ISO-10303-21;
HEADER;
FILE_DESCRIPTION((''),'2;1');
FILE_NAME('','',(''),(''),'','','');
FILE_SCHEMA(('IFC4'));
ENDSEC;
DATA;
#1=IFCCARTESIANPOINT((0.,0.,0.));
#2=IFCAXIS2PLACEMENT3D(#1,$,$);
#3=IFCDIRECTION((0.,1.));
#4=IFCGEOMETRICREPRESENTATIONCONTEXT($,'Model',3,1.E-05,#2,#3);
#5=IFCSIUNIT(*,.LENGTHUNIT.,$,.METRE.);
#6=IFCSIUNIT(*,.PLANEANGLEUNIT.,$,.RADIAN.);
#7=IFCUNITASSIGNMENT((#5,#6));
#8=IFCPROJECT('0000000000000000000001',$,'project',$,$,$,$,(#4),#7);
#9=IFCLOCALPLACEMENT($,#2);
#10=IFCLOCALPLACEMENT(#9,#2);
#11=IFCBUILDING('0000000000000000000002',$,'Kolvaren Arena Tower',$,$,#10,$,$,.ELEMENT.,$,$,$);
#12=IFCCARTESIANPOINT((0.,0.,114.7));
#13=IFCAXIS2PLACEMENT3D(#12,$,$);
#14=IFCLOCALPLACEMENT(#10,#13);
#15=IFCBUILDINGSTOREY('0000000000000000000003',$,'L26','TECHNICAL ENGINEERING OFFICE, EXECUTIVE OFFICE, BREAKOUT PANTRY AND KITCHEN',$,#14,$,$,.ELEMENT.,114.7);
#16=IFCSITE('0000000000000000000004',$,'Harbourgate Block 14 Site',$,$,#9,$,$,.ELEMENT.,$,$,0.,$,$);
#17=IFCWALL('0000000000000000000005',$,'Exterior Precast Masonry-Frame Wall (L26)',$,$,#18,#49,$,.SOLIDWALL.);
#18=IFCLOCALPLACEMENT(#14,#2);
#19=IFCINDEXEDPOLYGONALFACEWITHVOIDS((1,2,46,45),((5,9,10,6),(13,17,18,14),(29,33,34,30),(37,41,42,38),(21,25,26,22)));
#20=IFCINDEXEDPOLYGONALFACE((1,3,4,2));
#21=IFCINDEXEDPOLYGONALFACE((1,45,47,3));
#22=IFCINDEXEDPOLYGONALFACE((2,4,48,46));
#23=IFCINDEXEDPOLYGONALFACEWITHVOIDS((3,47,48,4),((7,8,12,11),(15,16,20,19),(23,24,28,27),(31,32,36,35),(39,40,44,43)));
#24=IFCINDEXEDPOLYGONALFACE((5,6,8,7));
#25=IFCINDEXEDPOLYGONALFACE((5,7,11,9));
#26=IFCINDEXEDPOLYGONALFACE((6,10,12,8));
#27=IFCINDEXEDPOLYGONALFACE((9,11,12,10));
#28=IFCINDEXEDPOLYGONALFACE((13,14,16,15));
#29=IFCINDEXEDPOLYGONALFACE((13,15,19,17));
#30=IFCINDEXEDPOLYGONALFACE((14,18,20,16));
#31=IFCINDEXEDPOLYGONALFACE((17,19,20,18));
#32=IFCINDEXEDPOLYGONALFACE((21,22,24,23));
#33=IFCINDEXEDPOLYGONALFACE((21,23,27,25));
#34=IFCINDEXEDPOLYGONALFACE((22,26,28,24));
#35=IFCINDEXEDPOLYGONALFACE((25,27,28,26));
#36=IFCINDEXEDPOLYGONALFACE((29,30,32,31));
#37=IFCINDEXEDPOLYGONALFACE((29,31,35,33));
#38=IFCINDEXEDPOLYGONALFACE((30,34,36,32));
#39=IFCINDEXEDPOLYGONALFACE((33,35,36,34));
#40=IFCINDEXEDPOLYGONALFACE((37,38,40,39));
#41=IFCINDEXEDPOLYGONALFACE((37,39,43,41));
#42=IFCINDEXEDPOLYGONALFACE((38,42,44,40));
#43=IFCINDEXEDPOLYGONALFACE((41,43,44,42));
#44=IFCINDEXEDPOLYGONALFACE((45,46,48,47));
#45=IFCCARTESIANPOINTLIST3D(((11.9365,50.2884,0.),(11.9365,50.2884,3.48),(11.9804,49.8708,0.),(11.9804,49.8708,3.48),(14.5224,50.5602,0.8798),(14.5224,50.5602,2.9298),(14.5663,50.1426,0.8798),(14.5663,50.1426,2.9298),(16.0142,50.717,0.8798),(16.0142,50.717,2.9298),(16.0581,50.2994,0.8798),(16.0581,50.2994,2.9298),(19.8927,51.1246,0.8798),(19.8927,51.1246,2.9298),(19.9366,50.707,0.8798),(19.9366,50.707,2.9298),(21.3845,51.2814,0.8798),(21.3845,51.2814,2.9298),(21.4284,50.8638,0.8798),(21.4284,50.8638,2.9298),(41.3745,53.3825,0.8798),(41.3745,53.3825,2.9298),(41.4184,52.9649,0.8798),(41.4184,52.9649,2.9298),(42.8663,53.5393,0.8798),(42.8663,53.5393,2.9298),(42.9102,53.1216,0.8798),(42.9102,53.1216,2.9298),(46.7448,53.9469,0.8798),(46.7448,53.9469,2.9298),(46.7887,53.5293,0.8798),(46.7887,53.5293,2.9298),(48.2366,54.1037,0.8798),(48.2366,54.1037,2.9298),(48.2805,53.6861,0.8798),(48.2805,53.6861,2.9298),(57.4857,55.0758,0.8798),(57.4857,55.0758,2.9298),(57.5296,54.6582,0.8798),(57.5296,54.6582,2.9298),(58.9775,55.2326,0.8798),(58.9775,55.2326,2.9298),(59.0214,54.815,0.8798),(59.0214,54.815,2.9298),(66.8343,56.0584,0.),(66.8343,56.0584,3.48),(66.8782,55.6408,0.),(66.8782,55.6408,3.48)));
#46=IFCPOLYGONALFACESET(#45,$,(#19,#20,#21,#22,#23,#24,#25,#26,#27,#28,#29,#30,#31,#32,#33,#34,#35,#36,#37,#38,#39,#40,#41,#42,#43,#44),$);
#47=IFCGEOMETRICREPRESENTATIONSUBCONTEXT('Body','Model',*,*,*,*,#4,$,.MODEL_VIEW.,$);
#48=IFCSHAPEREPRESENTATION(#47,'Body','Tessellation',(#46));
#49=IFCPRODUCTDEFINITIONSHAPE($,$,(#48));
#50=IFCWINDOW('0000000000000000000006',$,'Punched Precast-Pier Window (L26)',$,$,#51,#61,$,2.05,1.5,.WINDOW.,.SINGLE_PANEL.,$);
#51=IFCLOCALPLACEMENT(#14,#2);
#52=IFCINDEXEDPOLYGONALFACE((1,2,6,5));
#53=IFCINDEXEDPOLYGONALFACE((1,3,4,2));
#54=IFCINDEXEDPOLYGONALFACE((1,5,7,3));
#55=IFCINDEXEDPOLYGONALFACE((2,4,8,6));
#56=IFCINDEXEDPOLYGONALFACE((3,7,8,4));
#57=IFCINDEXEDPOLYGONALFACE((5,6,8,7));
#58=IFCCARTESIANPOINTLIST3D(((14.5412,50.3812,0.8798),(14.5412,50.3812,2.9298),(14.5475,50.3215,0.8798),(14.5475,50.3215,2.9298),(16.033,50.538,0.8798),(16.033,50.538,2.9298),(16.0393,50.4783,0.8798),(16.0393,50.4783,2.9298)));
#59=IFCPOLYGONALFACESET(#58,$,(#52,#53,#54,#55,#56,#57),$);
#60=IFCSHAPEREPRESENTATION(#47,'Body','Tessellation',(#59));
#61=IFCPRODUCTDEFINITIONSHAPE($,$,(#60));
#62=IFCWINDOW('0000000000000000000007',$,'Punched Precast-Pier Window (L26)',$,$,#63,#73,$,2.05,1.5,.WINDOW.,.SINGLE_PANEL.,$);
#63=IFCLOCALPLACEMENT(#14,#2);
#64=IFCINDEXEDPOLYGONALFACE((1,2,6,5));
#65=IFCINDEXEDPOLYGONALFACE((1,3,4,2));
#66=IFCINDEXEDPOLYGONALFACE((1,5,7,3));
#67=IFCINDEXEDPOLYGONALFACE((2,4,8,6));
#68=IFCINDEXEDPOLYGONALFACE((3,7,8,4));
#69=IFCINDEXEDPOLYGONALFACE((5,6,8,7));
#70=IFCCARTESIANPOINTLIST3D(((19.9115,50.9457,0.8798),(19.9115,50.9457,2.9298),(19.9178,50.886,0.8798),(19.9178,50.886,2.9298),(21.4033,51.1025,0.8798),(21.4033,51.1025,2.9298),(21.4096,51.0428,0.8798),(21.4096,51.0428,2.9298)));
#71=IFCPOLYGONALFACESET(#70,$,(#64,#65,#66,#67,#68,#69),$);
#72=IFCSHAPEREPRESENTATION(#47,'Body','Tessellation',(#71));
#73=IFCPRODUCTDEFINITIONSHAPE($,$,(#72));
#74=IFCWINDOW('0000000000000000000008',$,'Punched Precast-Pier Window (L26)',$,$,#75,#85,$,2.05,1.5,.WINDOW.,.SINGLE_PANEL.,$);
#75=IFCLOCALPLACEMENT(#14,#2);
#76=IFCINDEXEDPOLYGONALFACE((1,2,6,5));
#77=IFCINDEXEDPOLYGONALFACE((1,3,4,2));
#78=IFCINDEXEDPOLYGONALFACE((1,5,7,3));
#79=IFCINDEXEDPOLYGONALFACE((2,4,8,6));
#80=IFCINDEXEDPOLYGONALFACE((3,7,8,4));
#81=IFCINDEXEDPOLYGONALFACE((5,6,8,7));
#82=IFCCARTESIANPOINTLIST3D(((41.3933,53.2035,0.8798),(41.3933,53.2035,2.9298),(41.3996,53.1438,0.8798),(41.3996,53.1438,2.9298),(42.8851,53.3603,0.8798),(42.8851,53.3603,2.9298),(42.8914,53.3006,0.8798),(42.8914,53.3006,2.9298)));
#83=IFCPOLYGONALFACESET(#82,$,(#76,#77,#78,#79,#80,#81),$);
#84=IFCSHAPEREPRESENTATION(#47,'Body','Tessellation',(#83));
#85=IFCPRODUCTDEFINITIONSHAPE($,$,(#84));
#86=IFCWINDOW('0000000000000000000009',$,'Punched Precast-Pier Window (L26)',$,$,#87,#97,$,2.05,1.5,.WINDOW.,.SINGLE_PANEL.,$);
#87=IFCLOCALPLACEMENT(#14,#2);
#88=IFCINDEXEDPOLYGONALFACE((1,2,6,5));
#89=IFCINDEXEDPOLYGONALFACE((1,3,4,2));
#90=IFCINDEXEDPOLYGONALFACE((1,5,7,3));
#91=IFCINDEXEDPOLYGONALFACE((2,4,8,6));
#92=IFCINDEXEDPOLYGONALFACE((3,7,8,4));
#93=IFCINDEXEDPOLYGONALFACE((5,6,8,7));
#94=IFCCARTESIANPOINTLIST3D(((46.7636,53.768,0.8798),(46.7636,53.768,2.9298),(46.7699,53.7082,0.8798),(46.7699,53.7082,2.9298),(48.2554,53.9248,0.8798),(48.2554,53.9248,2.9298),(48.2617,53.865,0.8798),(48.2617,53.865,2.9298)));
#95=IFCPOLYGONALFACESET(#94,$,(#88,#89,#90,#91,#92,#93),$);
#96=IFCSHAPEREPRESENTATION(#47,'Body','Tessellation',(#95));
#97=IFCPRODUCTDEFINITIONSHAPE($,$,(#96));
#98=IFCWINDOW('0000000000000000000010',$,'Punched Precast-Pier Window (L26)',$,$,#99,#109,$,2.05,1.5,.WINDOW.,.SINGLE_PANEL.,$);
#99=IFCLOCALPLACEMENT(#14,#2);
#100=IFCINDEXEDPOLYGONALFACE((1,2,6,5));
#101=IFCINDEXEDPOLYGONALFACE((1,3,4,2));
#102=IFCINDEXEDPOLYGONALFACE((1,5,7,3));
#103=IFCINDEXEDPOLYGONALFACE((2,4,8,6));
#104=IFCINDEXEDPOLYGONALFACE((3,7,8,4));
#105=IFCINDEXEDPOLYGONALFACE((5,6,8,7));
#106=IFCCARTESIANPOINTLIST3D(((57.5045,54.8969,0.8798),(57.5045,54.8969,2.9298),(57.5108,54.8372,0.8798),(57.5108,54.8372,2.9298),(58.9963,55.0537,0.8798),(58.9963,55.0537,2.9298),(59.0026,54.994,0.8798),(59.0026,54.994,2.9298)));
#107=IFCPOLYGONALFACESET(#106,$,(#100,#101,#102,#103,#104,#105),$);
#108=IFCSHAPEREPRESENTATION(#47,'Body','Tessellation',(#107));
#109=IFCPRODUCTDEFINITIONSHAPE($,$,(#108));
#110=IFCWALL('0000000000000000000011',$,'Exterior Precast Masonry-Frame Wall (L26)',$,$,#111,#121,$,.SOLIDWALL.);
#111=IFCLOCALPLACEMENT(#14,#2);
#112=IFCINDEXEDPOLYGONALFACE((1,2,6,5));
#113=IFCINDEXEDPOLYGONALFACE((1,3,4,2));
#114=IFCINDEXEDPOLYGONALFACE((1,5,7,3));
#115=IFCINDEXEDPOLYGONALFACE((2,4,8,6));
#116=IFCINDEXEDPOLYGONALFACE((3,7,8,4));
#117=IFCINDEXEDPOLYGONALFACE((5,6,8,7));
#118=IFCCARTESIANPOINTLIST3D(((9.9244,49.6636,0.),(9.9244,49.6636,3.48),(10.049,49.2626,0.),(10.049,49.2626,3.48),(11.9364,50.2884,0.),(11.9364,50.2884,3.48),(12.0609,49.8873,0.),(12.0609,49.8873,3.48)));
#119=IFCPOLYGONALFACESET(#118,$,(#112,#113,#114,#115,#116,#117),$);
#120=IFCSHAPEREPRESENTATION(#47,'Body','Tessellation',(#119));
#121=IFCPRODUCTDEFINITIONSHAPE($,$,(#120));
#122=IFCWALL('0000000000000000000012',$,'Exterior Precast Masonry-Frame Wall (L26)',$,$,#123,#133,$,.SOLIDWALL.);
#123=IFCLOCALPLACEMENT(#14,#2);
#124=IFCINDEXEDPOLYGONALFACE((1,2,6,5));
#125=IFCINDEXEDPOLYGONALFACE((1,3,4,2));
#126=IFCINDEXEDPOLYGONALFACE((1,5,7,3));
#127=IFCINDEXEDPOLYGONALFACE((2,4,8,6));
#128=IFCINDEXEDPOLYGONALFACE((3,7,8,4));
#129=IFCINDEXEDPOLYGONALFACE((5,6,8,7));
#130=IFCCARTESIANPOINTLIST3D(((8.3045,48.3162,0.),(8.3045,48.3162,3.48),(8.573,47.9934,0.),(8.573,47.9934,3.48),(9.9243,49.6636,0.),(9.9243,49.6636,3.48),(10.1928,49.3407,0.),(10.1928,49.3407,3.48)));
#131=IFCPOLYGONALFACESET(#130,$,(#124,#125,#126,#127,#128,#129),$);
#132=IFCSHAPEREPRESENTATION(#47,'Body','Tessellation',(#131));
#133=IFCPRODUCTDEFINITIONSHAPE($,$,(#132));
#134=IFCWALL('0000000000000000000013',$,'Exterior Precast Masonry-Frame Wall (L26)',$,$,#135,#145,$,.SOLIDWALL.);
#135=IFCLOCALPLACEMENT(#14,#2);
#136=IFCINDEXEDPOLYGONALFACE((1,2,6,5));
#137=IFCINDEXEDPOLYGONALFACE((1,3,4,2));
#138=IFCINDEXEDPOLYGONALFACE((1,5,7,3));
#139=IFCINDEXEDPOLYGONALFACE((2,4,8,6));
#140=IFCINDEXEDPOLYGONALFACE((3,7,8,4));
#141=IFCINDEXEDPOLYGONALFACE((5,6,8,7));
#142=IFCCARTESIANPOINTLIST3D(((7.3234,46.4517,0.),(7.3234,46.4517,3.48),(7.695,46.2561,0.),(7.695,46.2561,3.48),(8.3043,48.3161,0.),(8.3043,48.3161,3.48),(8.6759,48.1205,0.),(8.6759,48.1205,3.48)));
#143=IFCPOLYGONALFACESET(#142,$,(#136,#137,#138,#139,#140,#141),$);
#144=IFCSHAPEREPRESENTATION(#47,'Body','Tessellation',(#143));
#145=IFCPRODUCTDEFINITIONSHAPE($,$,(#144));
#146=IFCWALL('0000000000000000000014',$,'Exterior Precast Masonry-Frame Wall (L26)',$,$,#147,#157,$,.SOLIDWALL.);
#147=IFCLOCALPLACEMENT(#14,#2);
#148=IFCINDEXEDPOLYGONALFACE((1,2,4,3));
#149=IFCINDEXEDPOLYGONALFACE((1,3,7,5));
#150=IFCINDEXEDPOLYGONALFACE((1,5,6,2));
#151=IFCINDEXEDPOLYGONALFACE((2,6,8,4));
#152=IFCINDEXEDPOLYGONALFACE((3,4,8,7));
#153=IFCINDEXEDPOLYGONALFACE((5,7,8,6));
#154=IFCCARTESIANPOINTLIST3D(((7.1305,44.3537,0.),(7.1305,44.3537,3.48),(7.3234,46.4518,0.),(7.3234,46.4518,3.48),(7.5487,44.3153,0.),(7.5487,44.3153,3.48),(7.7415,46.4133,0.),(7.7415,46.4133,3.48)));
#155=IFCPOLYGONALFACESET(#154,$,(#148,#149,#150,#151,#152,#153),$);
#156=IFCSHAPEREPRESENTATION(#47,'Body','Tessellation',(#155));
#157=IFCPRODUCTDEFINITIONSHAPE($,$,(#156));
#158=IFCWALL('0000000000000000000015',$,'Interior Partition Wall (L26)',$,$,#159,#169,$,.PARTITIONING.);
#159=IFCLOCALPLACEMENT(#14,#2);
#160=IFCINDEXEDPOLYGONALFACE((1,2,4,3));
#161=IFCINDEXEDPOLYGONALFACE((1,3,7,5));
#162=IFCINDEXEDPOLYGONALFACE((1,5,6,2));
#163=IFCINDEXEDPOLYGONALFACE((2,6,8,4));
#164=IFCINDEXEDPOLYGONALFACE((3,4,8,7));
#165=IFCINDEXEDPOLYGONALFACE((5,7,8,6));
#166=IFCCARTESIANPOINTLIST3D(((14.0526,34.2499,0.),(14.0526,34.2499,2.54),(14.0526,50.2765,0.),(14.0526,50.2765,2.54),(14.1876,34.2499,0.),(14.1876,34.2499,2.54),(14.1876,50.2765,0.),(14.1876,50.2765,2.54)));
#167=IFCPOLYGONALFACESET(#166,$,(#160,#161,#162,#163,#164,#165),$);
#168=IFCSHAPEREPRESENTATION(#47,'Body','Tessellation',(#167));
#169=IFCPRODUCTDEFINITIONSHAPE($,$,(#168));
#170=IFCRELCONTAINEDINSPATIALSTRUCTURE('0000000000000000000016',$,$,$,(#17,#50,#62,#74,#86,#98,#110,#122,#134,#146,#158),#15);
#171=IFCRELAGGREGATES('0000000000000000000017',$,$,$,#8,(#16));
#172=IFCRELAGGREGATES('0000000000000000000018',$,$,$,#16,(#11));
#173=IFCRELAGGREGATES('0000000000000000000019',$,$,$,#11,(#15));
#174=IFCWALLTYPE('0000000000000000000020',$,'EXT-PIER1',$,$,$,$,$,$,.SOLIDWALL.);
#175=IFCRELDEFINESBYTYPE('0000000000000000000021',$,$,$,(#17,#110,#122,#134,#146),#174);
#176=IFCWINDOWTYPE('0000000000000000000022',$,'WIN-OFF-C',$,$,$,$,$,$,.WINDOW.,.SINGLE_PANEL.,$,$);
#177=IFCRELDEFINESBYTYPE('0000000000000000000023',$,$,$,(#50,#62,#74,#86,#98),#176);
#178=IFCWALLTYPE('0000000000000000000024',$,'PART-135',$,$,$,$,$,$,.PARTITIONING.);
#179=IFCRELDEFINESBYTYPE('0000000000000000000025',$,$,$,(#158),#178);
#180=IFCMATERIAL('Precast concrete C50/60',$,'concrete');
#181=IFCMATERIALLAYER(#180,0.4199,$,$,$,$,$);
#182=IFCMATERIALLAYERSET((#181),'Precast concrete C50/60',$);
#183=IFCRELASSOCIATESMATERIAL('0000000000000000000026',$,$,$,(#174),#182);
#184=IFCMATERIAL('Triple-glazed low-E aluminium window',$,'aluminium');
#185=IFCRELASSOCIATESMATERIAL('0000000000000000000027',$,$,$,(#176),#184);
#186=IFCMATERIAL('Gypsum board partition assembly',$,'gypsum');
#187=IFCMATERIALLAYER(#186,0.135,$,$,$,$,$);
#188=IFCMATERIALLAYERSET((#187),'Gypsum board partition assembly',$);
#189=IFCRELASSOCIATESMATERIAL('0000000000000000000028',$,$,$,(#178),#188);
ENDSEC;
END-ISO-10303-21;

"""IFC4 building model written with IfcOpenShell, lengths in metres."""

from ifc_helpers import new_model, si_unit, direction, frame, frame_2d, origin, place, context, subcontext, project, spatial, rectangle, extrude, material, layer, layer_set, type_object, element, fill, save


model = new_model("IFC4")

# Units and contexts
model_context = context("Model", 3, precision=1e-05, world=origin(), true_north=direction((0.0, 1.0)))
body_context = subcontext(model_context, "Body", "Model", "MODEL_VIEW")
ifc_project = project(units=[si_unit("LENGTHUNIT", "METRE"), si_unit("PLANEANGLEUNIT", "RADIAN")], contexts=[model_context])

# Site, building, storey
site_placement = place(None, origin())
site = spatial("IfcSite", under=ifc_project, at=site_placement, Name="Harbourgate Block 14 Site", CompositionType="ELEMENT", RefElevation=0.0)
building_placement = place(site_placement, origin())
building = spatial("IfcBuilding", under=site, at=building_placement, Name="Kolvaren Arena Tower", CompositionType="ELEMENT")
storey_placement = place(building_placement, frame((0.0, 0.0, 114.7)))
storey = spatial("IfcBuildingStorey", under=building, at=storey_placement, Name="L26", Description="TECHNICAL ENGINEERING OFFICE, EXECUTIVE OFFICE, BREAKOUT PANTRY AND KITCHEN", CompositionType="ELEMENT", Elevation=114.7)

# Wall, openings, windows
ifc_material_1 = material(Name="Precast concrete C50/60", Category="concrete")
ifc_layer_1 = layer(ifc_material_1, 0.4199)
ifc_layer_set_1 = layer_set([ifc_layer_1], Name="Precast concrete C50/60")
wall_type_1 = type_object("IfcWallType", Name="EXT-PIER1", PredefinedType="SOLIDWALL", material=ifc_layer_set_1)
wall_1_placement = place(storey_placement, frame((11.9585, 50.0796, 0.0), z_axis=(0.0, 0.0, 1.0), x_axis=(0.994522, 0.104529, 0.0)))
wall_1 = element("IfcWall", 1, at=wall_1_placement, inside=storey, type_object=wall_type_1, Name="Exterior Precast Masonry-Frame Wall (L26)", PredefinedType="SOLIDWALL", context=body_context, shape_type="SweptSolid", body=[
    extrude(rectangle(XDim=55.2002, YDim=0.4199, at=frame_2d((27.6001, 0.0))), origin(), (0.0, 0.0, 1.0), 3.48),
])
opening_1_placement = place(wall_1_placement, frame((2.6001, 0.0, 0.8799)))
opening_1 = element("IfcOpeningElement", 2, at=opening_1_placement, cuts=wall_1, PredefinedType="OPENING", context=body_context, shape_type="SweptSolid", body=[
    extrude(rectangle(XDim=1.5, YDim=2.05, at=frame_2d((0.75, 1.0249))), frame((0.0, 0.22, 0.0), z_axis=(0.0, -1.0, 0.0), x_axis=(1.0, 0.0, 0.0)), (0.0, 0.0, 1.0), 0.4399),
])
opening_2_placement = place(wall_1_placement, frame((8.0, 0.0, 0.8799)))
opening_2 = element("IfcOpeningElement", 3, at=opening_2_placement, cuts=wall_1, PredefinedType="OPENING", context=body_context, shape_type="SweptSolid", body=[
    extrude(rectangle(XDim=1.5, YDim=2.05, at=frame_2d((0.75, 1.0249))), frame((0.0, 0.22, 0.0), z_axis=(0.0, -1.0, 0.0), x_axis=(1.0, 0.0, 0.0)), (0.0, 0.0, 1.0), 0.4399),
])
opening_3_placement = place(wall_1_placement, frame((29.6001, 0.0, 0.8799)))
opening_3 = element("IfcOpeningElement", 4, at=opening_3_placement, cuts=wall_1, PredefinedType="OPENING", context=body_context, shape_type="SweptSolid", body=[
    extrude(rectangle(XDim=1.5, YDim=2.05, at=frame_2d((0.75, 1.0249))), frame((0.0, 0.22, 0.0), z_axis=(0.0, -1.0, 0.0), x_axis=(1.0, 0.0, 0.0)), (0.0, 0.0, 1.0), 0.4399),
])
opening_4_placement = place(wall_1_placement, frame((35.0, 0.0, 0.8799)))
opening_4 = element("IfcOpeningElement", 5, at=opening_4_placement, cuts=wall_1, PredefinedType="OPENING", context=body_context, shape_type="SweptSolid", body=[
    extrude(rectangle(XDim=1.5, YDim=2.05, at=frame_2d((0.75, 1.0249))), frame((0.0, 0.22, 0.0), z_axis=(0.0, -1.0, 0.0), x_axis=(1.0, 0.0, 0.0)), (0.0, 0.0, 1.0), 0.4399),
])
opening_5_placement = place(wall_1_placement, frame((45.8, 0.0, 0.8799)))
opening_5 = element("IfcOpeningElement", 6, at=opening_5_placement, cuts=wall_1, PredefinedType="OPENING", context=body_context, shape_type="SweptSolid", body=[
    extrude(rectangle(XDim=1.5, YDim=2.05, at=frame_2d((0.75, 1.0249))), frame((0.0, 0.22, 0.0), z_axis=(0.0, -1.0, 0.0), x_axis=(1.0, 0.0, 0.0)), (0.0, 0.0, 1.0), 0.4399),
])
ifc_material_2 = material(Name="Triple-glazed low-E aluminium window", Category="aluminium")
window_type = type_object("IfcWindowType", Name="WIN-OFF-C", PartitioningType="SINGLE_PANEL", PredefinedType="WINDOW", material=ifc_material_2)
window_1_placement = place(opening_1_placement, origin())
window_1 = element("IfcWindow", 7, at=window_1_placement, inside=storey, type_object=window_type, Name="Punched Precast-Pier Window (L26)", OverallHeight=2.05, OverallWidth=1.5, PartitioningType="SINGLE_PANEL", PredefinedType="WINDOW", context=body_context, shape_type="SweptSolid", body=[
    extrude(rectangle(XDim=1.5, YDim=2.05, at=frame_2d((0.75, 1.0249))), frame((0.0, 0.03, 0.0), z_axis=(0.0, -1.0, 0.0), x_axis=(1.0, 0.0, 0.0)), (0.0, 0.0, 1.0), 0.0601),
])
fill(opening_1, window_1)
window_2_placement = place(opening_2_placement, origin())
window_2 = element("IfcWindow", 8, at=window_2_placement, inside=storey, type_object=window_type, Name="Punched Precast-Pier Window (L26)", OverallHeight=2.05, OverallWidth=1.5, PartitioningType="SINGLE_PANEL", PredefinedType="WINDOW", context=body_context, shape_type="SweptSolid", body=[
    extrude(rectangle(XDim=1.5, YDim=2.05, at=frame_2d((0.75, 1.0249))), frame((0.0, 0.03, 0.0), z_axis=(0.0, -1.0, 0.0), x_axis=(1.0, 0.0, 0.0)), (0.0, 0.0, 1.0), 0.0601),
])
fill(opening_2, window_2)
window_3_placement = place(opening_3_placement, origin())
window_3 = element("IfcWindow", 9, at=window_3_placement, inside=storey, type_object=window_type, Name="Punched Precast-Pier Window (L26)", OverallHeight=2.05, OverallWidth=1.5, PartitioningType="SINGLE_PANEL", PredefinedType="WINDOW", context=body_context, shape_type="SweptSolid", body=[
    extrude(rectangle(XDim=1.5, YDim=2.05, at=frame_2d((0.75, 1.0249))), frame((0.0, 0.03, 0.0), z_axis=(0.0, -1.0, 0.0), x_axis=(1.0, 0.0, 0.0)), (0.0, 0.0, 1.0), 0.0601),
])
fill(opening_3, window_3)
window_4_placement = place(opening_4_placement, origin())
window_4 = element("IfcWindow", 10, at=window_4_placement, inside=storey, type_object=window_type, Name="Punched Precast-Pier Window (L26)", OverallHeight=2.05, OverallWidth=1.5, PartitioningType="SINGLE_PANEL", PredefinedType="WINDOW", context=body_context, shape_type="SweptSolid", body=[
    extrude(rectangle(XDim=1.5, YDim=2.05, at=frame_2d((0.75, 1.0249))), frame((0.0, 0.03, 0.0), z_axis=(0.0, -1.0, 0.0), x_axis=(1.0, 0.0, 0.0)), (0.0, 0.0, 1.0), 0.0601),
])
fill(opening_4, window_4)
window_5_placement = place(opening_5_placement, origin())
window_5 = element("IfcWindow", 11, at=window_5_placement, inside=storey, type_object=window_type, Name="Punched Precast-Pier Window (L26)", OverallHeight=2.05, OverallWidth=1.5, PartitioningType="SINGLE_PANEL", PredefinedType="WINDOW", context=body_context, shape_type="SweptSolid", body=[
    extrude(rectangle(XDim=1.5, YDim=2.05, at=frame_2d((0.75, 1.0249))), frame((0.0, 0.03, 0.0), z_axis=(0.0, -1.0, 0.0), x_axis=(1.0, 0.0, 0.0)), (0.0, 0.0, 1.0), 0.0601),
])
fill(opening_5, window_5)

# Walls
wall_2_placement = place(storey_placement, frame((9.9868, 49.4631, 0.0), z_axis=(0.0, 0.0, 1.0), x_axis=(0.955017, 0.296552, 0.0)))
element("IfcWall", 12, at=wall_2_placement, inside=storey, type_object=wall_type_1, Name="Exterior Precast Masonry-Frame Wall (L26)", PredefinedType="SOLIDWALL", context=body_context, shape_type="SweptSolid", body=[
    extrude(rectangle(XDim=2.1067, YDim=0.4199, at=frame_2d((1.0532, 0.0))), origin(), (0.0, 0.0, 1.0), 3.48),
])
wall_3_placement = place(storey_placement, frame((8.4387, 48.1548, 0.0), z_axis=(0.0, 0.0, 1.0), x_axis=(0.7688, 0.639489, 0.0)))
element("IfcWall", 13, at=wall_3_placement, inside=storey, type_object=wall_type_1, Name="Exterior Precast Masonry-Frame Wall (L26)", PredefinedType="SOLIDWALL", context=body_context, shape_type="SweptSolid", body=[
    extrude(rectangle(XDim=2.1069, YDim=0.4199, at=frame_2d((1.0535, 0.0))), origin(), (0.0, 0.0, 1.0), 3.48),
])
wall_4_placement = place(storey_placement, frame((7.5093, 46.354, 0.0), z_axis=(0.0, 0.0, 1.0), x_axis=(0.465613, 0.884989, 0.0)))
element("IfcWall", 14, at=wall_4_placement, inside=storey, type_object=wall_type_1, Name="Exterior Precast Masonry-Frame Wall (L26)", PredefinedType="SOLIDWALL", context=body_context, shape_type="SweptSolid", body=[
    extrude(rectangle(XDim=2.1067, YDim=0.4199, at=frame_2d((1.0532, 0.0))), origin(), (0.0, 0.0, 1.0), 3.48),
])
wall_5_placement = place(storey_placement, frame((7.3396, 44.3345, 0.0), z_axis=(0.0, 0.0, 1.0), x_axis=(0.091539, 0.995802, 0.0)))
element("IfcWall", 15, at=wall_5_placement, inside=storey, type_object=wall_type_1, Name="Exterior Precast Masonry-Frame Wall (L26)", PredefinedType="SOLIDWALL", context=body_context, shape_type="SweptSolid", body=[
    extrude(rectangle(XDim=2.1069, YDim=0.4199, at=frame_2d((1.0535, 0.0))), origin(), (0.0, 0.0, 1.0), 3.48),
])
ifc_material_3 = material(Name="Gypsum board partition assembly", Category="gypsum")
ifc_layer_2 = layer(ifc_material_3, 0.135)
ifc_layer_set_2 = layer_set([ifc_layer_2], Name="Gypsum board partition assembly")
wall_type_2 = type_object("IfcWallType", Name="PART-135", PredefinedType="PARTITIONING", material=ifc_layer_set_2)
wall_6_placement = place(storey_placement, frame((14.1201, 34.25, 0.0), z_axis=(0.0, 0.0, 1.0), x_axis=(0.0, 1.0, 0.0)))
element("IfcWall", 16, at=wall_6_placement, inside=storey, type_object=wall_type_2, Name="Interior Partition Wall (L26)", PredefinedType="PARTITIONING", context=body_context, shape_type="SweptSolid", body=[
    extrude(rectangle(XDim=16.0266, YDim=0.135, at=frame_2d((8.0132, 0.0))), origin(), (0.0, 0.0, 1.0), 2.54),
])

save(model, "model.ifc")
